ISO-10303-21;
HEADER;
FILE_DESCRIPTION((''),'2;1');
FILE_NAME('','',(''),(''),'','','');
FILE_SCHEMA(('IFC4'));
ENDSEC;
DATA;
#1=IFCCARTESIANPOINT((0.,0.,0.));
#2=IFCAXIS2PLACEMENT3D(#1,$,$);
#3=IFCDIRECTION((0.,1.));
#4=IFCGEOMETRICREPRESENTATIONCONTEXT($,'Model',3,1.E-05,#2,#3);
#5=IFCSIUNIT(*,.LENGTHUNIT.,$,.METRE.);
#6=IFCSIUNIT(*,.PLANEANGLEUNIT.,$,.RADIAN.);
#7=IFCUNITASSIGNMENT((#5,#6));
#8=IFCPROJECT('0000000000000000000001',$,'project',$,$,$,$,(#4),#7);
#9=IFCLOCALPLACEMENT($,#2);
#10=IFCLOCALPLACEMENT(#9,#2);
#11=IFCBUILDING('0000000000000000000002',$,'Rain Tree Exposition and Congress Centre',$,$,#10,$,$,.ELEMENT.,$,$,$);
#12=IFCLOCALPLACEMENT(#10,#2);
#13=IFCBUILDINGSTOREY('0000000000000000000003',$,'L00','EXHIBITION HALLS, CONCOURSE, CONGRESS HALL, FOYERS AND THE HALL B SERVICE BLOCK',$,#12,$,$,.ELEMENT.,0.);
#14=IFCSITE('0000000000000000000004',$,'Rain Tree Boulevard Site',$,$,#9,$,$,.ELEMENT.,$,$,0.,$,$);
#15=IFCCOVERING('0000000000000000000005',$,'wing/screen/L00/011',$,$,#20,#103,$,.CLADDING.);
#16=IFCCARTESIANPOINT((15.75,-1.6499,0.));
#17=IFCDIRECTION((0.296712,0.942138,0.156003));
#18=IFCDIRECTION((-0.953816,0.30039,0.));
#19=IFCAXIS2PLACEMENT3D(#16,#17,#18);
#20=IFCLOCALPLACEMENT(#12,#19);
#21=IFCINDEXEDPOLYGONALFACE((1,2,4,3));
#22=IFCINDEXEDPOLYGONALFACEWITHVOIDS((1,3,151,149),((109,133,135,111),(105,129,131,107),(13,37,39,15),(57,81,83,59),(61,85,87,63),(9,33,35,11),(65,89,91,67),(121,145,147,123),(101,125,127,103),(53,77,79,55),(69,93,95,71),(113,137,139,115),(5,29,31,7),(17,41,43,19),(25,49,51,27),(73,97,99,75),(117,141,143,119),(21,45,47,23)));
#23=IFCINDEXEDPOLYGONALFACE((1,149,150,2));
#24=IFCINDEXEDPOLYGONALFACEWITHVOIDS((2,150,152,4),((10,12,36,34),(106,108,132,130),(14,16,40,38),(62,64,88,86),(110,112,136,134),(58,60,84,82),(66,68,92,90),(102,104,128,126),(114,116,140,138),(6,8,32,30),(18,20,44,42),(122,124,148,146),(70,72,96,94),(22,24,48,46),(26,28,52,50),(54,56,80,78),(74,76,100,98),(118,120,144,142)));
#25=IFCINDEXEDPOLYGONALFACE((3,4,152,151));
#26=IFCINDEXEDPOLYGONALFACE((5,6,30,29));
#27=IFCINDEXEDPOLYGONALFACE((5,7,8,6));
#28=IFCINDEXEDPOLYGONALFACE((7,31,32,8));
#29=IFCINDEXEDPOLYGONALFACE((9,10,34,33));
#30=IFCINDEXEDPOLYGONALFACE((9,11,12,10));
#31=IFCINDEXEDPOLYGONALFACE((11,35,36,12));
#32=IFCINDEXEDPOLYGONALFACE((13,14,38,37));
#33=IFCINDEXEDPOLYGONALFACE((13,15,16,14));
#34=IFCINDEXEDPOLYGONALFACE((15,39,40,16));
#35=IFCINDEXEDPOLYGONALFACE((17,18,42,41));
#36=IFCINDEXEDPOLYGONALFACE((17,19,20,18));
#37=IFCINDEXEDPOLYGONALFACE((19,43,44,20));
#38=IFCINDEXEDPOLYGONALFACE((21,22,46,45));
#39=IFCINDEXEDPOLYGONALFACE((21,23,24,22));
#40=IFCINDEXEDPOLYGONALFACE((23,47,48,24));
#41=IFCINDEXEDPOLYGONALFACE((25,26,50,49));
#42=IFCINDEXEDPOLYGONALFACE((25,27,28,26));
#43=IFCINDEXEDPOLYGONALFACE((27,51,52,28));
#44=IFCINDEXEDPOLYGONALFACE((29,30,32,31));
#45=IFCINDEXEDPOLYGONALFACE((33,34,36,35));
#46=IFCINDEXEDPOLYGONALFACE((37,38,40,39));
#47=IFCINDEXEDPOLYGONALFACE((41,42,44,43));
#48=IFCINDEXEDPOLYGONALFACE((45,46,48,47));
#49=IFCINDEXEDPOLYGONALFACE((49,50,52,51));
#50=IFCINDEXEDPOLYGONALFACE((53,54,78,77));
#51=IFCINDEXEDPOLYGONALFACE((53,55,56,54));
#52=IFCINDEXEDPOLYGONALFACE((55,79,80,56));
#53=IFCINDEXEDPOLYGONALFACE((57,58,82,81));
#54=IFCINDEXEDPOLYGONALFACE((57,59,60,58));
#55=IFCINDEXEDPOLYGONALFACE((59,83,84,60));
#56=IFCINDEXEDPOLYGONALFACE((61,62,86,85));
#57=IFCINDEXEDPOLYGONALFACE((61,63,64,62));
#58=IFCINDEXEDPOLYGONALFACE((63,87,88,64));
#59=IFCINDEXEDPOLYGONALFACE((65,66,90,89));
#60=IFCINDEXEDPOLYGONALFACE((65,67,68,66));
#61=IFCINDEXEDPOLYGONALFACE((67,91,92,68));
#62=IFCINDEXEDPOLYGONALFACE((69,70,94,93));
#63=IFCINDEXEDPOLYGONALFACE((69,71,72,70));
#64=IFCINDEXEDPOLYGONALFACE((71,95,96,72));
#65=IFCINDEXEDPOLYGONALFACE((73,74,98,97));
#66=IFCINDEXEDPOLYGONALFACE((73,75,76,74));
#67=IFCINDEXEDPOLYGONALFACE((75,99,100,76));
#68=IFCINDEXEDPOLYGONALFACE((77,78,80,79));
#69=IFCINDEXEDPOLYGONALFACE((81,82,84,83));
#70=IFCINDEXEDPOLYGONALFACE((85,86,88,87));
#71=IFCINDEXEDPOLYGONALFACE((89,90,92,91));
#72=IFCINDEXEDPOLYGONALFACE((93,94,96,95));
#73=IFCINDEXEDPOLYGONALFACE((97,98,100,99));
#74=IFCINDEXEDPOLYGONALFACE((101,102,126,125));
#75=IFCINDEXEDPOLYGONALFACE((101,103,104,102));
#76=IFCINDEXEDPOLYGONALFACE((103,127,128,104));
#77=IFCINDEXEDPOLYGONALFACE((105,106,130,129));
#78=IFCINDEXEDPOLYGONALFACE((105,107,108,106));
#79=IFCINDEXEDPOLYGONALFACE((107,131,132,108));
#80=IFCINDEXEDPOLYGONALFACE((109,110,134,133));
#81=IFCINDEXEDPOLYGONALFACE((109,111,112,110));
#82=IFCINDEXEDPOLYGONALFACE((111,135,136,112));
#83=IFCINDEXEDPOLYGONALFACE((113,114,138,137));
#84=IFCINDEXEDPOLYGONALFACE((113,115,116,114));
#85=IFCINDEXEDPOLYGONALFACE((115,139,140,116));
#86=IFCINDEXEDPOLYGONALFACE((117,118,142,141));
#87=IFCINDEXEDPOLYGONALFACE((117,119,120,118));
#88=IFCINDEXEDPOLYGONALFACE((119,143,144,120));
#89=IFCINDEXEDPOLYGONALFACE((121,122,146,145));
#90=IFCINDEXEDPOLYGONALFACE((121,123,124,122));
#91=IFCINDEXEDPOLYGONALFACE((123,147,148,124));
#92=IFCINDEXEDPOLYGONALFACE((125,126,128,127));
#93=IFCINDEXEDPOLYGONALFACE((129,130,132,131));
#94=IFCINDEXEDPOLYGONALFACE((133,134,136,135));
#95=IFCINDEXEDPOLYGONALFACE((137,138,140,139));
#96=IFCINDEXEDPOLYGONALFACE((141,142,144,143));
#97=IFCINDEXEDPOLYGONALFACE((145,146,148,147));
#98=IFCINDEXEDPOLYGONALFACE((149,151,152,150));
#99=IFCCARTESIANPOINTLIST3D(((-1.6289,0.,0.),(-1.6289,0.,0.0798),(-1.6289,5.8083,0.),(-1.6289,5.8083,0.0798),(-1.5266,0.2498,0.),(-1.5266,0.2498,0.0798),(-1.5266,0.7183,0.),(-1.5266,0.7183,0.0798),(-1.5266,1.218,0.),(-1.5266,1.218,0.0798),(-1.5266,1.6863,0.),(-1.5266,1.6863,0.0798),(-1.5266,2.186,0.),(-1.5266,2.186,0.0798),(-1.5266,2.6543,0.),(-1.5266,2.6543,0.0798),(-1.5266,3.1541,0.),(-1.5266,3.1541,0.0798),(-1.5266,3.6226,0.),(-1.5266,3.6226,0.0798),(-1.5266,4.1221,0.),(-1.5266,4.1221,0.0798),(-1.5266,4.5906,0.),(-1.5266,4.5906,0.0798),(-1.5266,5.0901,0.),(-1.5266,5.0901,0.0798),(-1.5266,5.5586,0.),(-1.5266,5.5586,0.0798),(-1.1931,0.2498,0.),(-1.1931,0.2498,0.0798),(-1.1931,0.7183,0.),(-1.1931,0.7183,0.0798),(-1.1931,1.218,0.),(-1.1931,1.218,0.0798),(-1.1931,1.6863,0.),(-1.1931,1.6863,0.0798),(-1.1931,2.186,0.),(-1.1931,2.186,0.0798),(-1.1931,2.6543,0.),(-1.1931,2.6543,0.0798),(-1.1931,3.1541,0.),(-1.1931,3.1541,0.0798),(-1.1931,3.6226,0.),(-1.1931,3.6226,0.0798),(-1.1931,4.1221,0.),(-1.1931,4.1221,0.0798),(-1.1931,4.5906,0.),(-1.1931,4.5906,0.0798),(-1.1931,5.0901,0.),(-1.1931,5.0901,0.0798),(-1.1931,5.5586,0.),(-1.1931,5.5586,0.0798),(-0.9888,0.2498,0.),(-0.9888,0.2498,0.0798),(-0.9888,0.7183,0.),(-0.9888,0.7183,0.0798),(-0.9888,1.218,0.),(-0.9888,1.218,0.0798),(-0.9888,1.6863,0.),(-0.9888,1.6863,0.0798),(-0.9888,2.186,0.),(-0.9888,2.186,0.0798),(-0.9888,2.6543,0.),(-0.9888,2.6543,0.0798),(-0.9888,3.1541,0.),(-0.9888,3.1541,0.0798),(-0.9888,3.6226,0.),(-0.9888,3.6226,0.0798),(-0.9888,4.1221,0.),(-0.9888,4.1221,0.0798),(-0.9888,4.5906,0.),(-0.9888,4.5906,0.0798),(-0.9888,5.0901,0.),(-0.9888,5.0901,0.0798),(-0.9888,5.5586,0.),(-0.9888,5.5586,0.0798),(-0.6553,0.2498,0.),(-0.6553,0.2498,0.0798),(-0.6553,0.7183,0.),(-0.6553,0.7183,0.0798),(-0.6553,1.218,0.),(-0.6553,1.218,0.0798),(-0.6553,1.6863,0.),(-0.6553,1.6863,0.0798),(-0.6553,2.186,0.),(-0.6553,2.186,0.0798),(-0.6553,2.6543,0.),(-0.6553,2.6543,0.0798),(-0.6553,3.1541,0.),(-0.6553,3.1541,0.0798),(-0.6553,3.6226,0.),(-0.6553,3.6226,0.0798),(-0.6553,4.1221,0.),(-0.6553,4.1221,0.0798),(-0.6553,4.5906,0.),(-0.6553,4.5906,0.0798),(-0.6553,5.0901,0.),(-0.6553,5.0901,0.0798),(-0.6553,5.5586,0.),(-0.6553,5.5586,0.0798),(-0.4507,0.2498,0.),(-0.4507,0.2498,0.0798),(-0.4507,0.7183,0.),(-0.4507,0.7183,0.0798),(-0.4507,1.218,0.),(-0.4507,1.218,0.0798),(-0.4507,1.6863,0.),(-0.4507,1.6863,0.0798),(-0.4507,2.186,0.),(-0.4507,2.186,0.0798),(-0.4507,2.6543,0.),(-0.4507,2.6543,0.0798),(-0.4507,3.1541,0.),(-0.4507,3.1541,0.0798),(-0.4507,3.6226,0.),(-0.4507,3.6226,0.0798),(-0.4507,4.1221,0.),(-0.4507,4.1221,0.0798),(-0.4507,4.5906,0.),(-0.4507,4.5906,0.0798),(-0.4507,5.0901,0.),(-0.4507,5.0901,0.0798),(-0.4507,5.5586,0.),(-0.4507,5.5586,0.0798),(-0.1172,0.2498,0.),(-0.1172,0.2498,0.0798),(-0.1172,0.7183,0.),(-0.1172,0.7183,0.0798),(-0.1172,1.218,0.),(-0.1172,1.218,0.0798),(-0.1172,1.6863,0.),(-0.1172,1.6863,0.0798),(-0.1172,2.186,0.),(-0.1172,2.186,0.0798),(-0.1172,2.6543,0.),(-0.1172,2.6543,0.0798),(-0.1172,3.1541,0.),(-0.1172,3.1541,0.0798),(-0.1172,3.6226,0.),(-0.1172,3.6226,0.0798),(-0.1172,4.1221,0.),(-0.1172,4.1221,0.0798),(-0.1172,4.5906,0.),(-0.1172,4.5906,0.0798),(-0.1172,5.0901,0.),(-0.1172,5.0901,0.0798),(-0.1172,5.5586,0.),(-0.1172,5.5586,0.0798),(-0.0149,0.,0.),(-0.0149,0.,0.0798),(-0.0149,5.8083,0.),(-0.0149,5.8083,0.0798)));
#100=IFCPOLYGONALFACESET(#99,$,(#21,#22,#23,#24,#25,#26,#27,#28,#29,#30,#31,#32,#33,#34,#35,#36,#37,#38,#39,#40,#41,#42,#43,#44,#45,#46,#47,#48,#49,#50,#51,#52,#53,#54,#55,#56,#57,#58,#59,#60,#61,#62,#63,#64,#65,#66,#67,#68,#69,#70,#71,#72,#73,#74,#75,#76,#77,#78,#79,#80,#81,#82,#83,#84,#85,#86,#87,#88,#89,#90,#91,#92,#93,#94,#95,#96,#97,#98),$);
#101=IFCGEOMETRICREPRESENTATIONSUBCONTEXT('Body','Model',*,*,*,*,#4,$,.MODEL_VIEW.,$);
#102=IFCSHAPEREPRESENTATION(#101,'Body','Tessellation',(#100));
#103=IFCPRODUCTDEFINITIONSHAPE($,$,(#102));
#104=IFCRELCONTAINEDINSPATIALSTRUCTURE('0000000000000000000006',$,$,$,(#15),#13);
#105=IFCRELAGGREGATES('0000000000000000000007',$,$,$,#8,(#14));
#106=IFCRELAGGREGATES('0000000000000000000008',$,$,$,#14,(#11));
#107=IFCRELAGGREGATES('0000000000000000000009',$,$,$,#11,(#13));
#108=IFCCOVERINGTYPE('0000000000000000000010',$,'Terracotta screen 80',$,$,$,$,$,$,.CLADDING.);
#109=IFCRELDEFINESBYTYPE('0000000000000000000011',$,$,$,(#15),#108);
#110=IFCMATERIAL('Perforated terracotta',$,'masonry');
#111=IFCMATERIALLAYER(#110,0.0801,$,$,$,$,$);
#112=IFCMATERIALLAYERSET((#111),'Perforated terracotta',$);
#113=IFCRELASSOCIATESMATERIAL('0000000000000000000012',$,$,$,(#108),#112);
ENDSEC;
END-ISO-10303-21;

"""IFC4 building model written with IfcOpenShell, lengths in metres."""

from ifc_helpers import new_model, si_unit, direction, frame, origin, place, context, subcontext, project, spatial, polyline, outline, extrude, material, layer, layer_set, type_object, element, save


model = new_model("IFC4")

# Units and contexts
model_context = context("Model", 3, precision=1e-05, world=origin(), true_north=direction((0.0, 1.0)))
body_context = subcontext(model_context, "Body", "Model", "MODEL_VIEW")
ifc_project = project(units=[si_unit("LENGTHUNIT", "METRE"), si_unit("PLANEANGLEUNIT", "RADIAN")], contexts=[model_context])

# Site, building, storey
site_placement = place(None, origin())
site = spatial("IfcSite", under=ifc_project, at=site_placement, Name="Rain Tree Boulevard Site", CompositionType="ELEMENT", RefElevation=0.0)
building_placement = place(site_placement, origin())
building = spatial("IfcBuilding", under=site, at=building_placement, Name="Rain Tree Exposition and Congress Centre", CompositionType="ELEMENT")
storey_placement = place(building_placement, origin())
storey = spatial("IfcBuildingStorey", under=building, at=storey_placement, Name="L00", Description="EXHIBITION HALLS, CONCOURSE, CONGRESS HALL, FOYERS AND THE HALL B SERVICE BLOCK", CompositionType="ELEMENT", Elevation=0.0)

# Covering
ifc_material_1 = material(Name="Perforated terracotta", Category="masonry")
ifc_layer_1 = layer(ifc_material_1, 0.0801)
ifc_layer_set_1 = layer_set([ifc_layer_1], Name="Perforated terracotta")
covering_type = type_object("IfcCoveringType", Name="Terracotta screen 80", PredefinedType="CLADDING", material=ifc_layer_set_1)
covering_1_placement = place(storey_placement, frame((15.75, -1.6499, 0.0), z_axis=(0.296712, 0.942138, 0.156003), x_axis=(-0.953816, 0.30039, 0.0)))
element("IfcCovering", 1, at=covering_1_placement, inside=storey, type_object=covering_type, Name="wing/screen/L00/011", PredefinedType="CLADDING", context=body_context, shape_type="SweptSolid", body=[
    extrude(outline(polyline([(-1.6289, 0.0), (-1.6289, 5.8083), (-0.0149, 5.8083), (-0.0149, 0.0), (-1.6289, 0.0)]), holes=[polyline([(-0.1172, 0.2498), (-0.1172, 0.7183), (-0.4507, 0.7183), (-0.4507, 0.2498), (-0.1172, 0.2498)]), polyline([(-0.1172, 1.218), (-0.1172, 1.6863), (-0.4507, 1.6863), (-0.4507, 1.218), (-0.1172, 1.218)]), polyline([(-0.1172, 2.186), (-0.1172, 2.6543), (-0.4507, 2.6543), (-0.4507, 2.186), (-0.1172, 2.186)]), polyline([(-0.1172, 3.1541), (-0.1172, 3.6226), (-0.4507, 3.6226), (-0.4507, 3.1541), (-0.1172, 3.1541)]), polyline([(-0.1172, 4.1221), (-0.1172, 4.5906), (-0.4507, 4.5906), (-0.4507, 4.1221), (-0.1172, 4.1221)]), polyline([(-0.1172, 5.0901), (-0.1172, 5.5586), (-0.4507, 5.5586), (-0.4507, 5.0901), (-0.1172, 5.0901)]), polyline([(-0.6553, 0.2498), (-0.6553, 0.7183), (-0.9888, 0.7183), (-0.9888, 0.2498), (-0.6553, 0.2498)]), polyline([(-0.6553, 1.218), (-0.6553, 1.6863), (-0.9888, 1.6863), (-0.9888, 1.218), (-0.6553, 1.218)]), polyline([(-0.6553, 2.186), (-0.6553, 2.6543), (-0.9888, 2.6543), (-0.9888, 2.186), (-0.6553, 2.186)]), polyline([(-0.6553, 3.1541), (-0.6553, 3.6226), (-0.9888, 3.6226), (-0.9888, 3.1541), (-0.6553, 3.1541)]), polyline([(-0.6553, 4.1221), (-0.6553, 4.5906), (-0.9888, 4.5906), (-0.9888, 4.1221), (-0.6553, 4.1221)]), polyline([(-0.6553, 5.0901), (-0.6553, 5.5586), (-0.9888, 5.5586), (-0.9888, 5.0901), (-0.6553, 5.0901)]), polyline([(-1.1931, 0.2498), (-1.1931, 0.7183), (-1.5266, 0.7183), (-1.5266, 0.2498), (-1.1931, 0.2498)]), polyline([(-1.1931, 1.218), (-1.1931, 1.6863), (-1.5266, 1.6863), (-1.5266, 1.218), (-1.1931, 1.218)]), polyline([(-1.1931, 2.186), (-1.1931, 2.6543), (-1.5266, 2.6543), (-1.5266, 2.186), (-1.1931, 2.186)]), polyline([(-1.1931, 3.1541), (-1.1931, 3.6226), (-1.5266, 3.6226), (-1.5266, 3.1541), (-1.1931, 3.1541)]), polyline([(-1.1931, 4.1221), (-1.1931, 4.5906), (-1.5266, 4.5906), (-1.5266, 4.1221), (-1.1931, 4.1221)]), polyline([(-1.1931, 5.0901), (-1.1931, 5.5586), (-1.5266, 5.5586), (-1.5266, 5.0901), (-1.1931, 5.0901)])]), origin(), (0.0, 0.0, 1.0), 0.0798),
])

save(model, "model.ifc")
